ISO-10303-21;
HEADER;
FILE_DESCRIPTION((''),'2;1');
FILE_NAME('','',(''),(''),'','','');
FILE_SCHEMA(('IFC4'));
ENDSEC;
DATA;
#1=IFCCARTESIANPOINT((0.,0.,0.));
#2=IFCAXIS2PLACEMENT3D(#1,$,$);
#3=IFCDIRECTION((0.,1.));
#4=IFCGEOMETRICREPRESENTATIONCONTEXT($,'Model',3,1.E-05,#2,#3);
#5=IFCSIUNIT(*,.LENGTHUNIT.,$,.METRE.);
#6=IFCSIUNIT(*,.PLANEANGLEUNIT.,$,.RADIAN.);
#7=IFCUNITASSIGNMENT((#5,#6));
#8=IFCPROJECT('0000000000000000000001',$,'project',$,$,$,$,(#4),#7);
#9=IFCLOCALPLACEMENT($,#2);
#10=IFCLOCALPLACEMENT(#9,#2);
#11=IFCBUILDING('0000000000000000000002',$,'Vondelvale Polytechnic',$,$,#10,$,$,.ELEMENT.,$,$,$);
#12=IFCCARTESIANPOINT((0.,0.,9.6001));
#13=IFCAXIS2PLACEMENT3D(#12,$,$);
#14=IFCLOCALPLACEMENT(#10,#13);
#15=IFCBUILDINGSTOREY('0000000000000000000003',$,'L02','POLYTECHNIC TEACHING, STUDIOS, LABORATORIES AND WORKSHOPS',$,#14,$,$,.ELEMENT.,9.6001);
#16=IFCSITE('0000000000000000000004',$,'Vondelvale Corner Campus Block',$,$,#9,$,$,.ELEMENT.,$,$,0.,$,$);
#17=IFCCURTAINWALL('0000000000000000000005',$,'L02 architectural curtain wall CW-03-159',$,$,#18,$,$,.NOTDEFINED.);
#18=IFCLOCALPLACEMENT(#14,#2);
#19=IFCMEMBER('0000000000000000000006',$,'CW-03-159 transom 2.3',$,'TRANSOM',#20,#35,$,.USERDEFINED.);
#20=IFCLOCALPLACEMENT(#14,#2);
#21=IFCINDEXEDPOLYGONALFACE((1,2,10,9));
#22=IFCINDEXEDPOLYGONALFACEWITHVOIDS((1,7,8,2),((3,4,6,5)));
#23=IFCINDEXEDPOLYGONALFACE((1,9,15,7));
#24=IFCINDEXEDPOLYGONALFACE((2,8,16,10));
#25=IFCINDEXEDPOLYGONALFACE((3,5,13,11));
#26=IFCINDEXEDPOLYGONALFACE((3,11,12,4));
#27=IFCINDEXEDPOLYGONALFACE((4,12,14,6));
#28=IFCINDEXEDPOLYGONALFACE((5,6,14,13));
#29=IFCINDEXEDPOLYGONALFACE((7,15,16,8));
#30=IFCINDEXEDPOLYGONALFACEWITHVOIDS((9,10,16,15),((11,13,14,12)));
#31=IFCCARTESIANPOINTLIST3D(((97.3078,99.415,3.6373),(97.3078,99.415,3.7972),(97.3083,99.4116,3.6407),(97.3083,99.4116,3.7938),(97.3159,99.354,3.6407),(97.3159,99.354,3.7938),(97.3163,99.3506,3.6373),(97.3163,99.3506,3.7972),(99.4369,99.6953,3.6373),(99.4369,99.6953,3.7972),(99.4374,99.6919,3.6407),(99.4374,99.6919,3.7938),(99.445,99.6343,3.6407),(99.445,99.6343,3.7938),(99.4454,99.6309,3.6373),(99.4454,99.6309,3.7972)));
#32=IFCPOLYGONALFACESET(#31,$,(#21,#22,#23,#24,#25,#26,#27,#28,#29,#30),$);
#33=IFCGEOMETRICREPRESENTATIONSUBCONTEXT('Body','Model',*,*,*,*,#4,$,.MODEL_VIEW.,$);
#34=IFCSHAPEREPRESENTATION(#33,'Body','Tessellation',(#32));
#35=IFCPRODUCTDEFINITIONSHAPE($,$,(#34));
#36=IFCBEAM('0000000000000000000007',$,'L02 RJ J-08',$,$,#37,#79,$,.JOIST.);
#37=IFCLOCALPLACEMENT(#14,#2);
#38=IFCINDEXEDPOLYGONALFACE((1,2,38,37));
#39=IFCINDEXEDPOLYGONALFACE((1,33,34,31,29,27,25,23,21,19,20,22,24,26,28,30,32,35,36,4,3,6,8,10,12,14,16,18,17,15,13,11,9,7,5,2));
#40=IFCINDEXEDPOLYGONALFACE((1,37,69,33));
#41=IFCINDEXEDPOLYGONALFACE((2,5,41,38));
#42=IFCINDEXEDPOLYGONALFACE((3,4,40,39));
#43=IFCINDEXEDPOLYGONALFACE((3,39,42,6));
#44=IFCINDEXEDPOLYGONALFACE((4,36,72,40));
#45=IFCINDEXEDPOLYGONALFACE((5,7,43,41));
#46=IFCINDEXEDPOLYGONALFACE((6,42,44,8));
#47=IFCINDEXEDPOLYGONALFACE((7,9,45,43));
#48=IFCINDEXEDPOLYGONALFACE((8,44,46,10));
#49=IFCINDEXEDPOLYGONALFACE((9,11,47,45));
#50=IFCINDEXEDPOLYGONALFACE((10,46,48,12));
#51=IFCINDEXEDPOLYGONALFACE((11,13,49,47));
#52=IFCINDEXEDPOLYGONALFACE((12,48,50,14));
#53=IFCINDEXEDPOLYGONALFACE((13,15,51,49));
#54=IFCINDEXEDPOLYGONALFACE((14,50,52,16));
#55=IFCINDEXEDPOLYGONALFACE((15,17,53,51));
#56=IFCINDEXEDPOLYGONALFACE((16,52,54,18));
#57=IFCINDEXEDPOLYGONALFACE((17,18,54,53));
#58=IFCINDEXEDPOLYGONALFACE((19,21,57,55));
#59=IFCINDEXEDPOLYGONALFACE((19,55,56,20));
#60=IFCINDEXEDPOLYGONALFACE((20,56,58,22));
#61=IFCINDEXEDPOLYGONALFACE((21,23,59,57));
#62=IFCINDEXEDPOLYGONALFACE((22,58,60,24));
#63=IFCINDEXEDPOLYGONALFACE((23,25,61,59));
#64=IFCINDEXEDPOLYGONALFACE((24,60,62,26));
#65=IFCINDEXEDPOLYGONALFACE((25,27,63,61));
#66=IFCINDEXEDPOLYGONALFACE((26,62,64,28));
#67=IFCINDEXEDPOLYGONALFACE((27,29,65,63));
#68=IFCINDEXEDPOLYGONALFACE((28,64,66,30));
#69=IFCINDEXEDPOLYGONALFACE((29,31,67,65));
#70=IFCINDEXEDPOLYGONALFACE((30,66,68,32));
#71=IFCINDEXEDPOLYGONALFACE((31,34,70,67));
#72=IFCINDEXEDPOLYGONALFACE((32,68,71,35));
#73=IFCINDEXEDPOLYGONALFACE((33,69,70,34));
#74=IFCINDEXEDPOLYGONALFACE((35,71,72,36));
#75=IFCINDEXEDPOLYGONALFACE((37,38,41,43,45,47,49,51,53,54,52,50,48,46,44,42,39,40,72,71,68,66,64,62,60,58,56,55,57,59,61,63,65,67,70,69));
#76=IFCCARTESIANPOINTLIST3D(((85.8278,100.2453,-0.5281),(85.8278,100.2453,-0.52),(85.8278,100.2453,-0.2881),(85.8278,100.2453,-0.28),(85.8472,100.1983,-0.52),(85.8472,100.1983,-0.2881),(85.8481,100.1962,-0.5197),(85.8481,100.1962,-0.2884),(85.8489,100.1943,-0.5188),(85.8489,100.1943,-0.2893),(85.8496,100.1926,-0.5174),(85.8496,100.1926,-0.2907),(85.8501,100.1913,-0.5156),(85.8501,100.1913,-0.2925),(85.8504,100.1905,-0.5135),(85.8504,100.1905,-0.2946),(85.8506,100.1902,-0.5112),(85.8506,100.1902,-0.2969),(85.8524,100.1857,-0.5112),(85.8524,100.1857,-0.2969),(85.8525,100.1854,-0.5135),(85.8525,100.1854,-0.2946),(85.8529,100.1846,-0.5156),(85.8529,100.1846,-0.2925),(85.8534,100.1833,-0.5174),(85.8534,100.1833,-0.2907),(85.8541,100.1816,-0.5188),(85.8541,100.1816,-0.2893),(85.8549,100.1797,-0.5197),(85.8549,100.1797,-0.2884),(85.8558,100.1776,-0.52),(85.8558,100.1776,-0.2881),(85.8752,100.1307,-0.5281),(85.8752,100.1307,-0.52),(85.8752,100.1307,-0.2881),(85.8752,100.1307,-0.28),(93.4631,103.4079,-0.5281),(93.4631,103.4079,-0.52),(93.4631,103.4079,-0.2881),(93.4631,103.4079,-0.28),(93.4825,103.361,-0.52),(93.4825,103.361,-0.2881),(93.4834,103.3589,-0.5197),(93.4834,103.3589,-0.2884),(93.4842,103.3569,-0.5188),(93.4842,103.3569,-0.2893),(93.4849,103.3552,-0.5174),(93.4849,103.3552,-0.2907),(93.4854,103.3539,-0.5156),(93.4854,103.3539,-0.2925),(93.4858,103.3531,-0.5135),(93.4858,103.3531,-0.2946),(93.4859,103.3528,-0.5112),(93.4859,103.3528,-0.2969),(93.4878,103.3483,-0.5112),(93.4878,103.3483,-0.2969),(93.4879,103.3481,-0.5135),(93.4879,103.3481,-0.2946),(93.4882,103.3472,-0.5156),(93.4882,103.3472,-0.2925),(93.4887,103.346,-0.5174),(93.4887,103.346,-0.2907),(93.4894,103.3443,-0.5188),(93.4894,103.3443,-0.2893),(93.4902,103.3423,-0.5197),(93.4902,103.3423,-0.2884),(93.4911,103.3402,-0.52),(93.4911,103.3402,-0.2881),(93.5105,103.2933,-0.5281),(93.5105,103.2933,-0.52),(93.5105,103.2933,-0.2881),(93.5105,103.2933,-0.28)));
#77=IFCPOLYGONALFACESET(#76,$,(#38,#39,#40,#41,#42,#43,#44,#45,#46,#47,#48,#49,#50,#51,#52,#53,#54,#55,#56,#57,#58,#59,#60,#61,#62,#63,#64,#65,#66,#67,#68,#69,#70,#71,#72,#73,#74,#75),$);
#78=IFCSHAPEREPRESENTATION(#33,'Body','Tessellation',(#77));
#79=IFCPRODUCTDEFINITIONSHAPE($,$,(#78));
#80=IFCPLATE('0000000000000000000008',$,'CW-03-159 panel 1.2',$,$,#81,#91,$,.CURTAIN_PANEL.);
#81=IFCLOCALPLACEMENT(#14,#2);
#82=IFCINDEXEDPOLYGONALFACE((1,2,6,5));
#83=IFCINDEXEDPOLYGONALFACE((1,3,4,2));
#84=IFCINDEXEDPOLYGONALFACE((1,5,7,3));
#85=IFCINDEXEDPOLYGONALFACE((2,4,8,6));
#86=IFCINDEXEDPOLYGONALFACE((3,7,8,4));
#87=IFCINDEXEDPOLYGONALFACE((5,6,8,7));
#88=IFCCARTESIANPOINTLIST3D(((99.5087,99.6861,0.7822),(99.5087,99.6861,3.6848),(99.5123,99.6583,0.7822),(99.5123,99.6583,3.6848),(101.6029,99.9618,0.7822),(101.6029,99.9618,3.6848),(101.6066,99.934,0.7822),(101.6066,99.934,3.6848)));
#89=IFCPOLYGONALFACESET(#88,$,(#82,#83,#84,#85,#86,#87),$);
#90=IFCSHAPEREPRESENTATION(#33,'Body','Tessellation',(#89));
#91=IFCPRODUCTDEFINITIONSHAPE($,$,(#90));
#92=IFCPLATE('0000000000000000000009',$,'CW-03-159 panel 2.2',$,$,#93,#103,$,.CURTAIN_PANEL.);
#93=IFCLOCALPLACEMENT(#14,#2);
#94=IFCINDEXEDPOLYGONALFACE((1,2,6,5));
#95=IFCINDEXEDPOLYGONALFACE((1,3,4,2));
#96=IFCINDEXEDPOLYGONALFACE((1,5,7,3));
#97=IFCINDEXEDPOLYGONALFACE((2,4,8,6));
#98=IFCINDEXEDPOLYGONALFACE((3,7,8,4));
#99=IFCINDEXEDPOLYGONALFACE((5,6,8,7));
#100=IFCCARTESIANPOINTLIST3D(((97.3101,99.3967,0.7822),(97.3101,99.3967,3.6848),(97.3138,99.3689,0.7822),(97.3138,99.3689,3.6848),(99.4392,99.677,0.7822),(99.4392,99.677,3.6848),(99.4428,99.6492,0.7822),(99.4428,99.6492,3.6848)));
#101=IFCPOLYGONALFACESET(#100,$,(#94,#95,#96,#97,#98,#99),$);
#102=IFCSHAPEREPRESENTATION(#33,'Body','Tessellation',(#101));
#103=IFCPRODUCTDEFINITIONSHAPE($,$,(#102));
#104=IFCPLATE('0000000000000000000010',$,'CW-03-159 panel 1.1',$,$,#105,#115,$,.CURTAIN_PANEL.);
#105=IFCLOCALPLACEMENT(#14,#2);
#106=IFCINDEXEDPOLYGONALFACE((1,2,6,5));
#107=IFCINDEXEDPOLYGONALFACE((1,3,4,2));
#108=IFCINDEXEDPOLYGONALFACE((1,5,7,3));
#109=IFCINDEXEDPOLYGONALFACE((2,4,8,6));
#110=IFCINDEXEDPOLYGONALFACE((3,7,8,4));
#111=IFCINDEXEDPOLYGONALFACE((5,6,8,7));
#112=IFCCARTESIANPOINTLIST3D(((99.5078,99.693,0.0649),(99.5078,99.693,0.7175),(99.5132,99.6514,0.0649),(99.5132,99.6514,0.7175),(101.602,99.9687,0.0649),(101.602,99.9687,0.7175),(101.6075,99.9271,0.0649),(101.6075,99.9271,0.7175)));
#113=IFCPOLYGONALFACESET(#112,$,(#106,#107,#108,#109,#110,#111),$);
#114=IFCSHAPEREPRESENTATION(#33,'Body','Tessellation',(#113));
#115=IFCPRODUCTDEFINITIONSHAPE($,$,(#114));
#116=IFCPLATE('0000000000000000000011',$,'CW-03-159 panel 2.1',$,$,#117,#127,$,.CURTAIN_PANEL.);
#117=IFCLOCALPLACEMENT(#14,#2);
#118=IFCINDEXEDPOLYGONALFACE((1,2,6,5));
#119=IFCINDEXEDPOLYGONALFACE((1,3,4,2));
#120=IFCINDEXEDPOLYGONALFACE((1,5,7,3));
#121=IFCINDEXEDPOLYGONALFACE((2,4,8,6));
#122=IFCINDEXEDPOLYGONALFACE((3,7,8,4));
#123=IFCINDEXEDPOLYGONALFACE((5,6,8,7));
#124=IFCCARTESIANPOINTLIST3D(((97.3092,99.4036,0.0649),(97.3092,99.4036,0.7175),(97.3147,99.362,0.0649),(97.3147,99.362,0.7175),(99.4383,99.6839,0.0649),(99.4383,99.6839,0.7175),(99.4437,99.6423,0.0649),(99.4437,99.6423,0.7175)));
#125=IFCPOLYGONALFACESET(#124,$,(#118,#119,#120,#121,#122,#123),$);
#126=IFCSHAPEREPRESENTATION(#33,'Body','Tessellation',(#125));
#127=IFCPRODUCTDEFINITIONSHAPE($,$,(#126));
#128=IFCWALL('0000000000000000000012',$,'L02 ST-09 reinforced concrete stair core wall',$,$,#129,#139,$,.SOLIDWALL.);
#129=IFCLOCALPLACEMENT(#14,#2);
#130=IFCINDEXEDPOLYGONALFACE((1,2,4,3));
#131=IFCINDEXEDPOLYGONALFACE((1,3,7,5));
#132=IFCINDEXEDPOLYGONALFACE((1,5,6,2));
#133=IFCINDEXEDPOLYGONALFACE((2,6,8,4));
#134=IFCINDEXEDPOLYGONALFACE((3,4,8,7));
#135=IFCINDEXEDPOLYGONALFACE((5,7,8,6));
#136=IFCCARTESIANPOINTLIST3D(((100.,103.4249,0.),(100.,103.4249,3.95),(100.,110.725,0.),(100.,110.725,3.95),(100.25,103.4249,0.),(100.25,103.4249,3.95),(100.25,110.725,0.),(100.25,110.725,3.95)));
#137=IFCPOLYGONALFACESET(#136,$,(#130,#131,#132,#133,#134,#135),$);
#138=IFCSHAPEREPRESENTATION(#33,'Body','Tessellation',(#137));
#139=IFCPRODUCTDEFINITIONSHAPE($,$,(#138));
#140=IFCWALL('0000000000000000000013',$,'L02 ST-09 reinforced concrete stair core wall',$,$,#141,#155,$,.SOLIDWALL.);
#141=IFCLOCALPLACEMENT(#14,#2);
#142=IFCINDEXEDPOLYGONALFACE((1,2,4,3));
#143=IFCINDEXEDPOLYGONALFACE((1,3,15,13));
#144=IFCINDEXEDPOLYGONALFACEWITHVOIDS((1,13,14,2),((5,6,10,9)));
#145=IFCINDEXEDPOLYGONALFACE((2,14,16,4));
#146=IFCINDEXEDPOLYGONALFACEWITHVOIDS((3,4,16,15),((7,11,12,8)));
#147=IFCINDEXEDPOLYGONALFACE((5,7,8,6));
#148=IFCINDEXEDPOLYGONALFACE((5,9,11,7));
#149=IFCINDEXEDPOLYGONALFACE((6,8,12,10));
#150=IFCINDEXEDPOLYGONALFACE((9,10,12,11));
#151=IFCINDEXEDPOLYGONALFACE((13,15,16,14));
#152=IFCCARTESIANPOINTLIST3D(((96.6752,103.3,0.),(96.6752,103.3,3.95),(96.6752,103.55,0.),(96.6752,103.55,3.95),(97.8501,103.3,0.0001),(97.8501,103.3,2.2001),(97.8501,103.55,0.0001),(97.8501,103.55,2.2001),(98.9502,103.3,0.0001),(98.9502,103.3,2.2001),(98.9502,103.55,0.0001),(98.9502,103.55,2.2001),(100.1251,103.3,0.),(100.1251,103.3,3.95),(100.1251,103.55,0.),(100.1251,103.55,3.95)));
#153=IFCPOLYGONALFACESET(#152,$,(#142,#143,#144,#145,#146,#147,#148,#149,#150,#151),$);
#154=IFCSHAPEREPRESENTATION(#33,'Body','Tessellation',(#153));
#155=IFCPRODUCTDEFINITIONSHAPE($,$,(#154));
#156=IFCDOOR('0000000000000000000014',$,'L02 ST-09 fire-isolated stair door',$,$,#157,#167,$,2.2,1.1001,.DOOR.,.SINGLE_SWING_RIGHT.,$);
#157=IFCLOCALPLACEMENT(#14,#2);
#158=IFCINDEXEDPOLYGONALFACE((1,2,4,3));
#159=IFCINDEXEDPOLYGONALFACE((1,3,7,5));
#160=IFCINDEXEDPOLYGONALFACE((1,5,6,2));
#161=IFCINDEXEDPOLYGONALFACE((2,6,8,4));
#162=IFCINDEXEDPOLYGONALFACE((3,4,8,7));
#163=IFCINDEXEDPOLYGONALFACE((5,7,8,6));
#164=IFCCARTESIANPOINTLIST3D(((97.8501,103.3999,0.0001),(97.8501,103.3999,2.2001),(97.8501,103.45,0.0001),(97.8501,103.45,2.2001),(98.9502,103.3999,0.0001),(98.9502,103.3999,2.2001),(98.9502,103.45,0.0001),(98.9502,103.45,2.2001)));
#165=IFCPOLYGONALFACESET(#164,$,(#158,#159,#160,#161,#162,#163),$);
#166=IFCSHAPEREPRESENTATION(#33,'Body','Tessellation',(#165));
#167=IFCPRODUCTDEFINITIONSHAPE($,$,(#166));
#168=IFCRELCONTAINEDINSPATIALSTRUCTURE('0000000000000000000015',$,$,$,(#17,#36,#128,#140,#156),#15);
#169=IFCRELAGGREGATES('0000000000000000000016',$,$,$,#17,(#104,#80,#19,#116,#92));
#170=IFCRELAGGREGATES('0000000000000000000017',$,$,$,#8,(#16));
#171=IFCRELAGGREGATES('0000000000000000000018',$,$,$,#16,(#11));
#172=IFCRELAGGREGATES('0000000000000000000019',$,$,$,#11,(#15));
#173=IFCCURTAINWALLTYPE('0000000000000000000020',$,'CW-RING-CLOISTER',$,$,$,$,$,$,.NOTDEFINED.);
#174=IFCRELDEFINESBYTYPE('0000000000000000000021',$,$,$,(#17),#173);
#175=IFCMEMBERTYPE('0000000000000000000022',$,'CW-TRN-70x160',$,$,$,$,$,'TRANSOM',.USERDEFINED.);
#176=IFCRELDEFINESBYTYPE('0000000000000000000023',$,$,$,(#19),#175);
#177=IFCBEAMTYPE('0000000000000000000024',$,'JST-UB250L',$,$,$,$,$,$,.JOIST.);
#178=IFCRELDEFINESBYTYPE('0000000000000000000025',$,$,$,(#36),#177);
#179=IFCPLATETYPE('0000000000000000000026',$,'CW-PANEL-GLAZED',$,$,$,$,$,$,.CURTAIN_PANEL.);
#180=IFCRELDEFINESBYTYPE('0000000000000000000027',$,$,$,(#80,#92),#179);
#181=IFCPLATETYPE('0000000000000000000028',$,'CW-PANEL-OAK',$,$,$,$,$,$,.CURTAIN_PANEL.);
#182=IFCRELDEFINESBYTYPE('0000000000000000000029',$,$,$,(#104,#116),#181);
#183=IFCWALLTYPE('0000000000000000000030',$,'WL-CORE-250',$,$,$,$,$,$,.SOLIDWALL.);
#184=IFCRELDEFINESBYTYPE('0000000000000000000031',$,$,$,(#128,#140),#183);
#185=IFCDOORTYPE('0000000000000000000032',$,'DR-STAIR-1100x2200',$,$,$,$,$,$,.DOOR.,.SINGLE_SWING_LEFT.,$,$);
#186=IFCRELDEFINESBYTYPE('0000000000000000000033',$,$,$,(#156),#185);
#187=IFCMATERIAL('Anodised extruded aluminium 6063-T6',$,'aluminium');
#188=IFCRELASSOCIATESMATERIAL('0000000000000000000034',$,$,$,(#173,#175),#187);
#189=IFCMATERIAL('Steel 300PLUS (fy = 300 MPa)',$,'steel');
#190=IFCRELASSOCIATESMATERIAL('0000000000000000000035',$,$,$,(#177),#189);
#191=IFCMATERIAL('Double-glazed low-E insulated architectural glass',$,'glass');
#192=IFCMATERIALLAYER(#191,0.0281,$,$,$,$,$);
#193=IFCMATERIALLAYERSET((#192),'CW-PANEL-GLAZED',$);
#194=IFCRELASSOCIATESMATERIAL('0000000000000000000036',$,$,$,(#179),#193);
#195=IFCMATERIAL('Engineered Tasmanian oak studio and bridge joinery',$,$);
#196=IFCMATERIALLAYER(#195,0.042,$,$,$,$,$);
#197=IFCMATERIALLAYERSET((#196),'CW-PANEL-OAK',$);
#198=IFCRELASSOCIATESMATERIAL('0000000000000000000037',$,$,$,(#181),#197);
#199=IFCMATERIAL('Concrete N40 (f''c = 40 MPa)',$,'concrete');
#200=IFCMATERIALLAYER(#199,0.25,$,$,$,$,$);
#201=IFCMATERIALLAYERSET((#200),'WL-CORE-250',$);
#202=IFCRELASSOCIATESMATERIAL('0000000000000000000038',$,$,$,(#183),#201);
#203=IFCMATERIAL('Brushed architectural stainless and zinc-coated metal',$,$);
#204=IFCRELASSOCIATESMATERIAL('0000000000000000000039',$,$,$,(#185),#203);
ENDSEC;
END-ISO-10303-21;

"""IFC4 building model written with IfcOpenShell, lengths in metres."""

from ifc_helpers import new_model, si_unit, direction, frame, frame_2d, origin, origin_2d, place, context, subcontext, project, spatial, rectangle, hollow_rectangle, i_section, extrude, material, layer, layer_set, material_profile, profile_set, type_object, element, fill, aggregate, save


model = new_model("IFC4")

# Units and contexts
model_context = context("Model", 3, precision=1e-05, world=origin(), true_north=direction((0.0, 1.0)))
body_context = subcontext(model_context, "Body", "Model", "MODEL_VIEW")
ifc_project = project(units=[si_unit("LENGTHUNIT", "METRE"), si_unit("PLANEANGLEUNIT", "RADIAN")], contexts=[model_context])

# Site, building, storey
site_placement = place(None, origin())
site = spatial("IfcSite", under=ifc_project, at=site_placement, Name="Vondelvale Corner Campus Block", CompositionType="ELEMENT", RefElevation=0.0)
building_placement = place(site_placement, origin())
building = spatial("IfcBuilding", under=site, at=building_placement, Name="Vondelvale Polytechnic", CompositionType="ELEMENT")
storey_placement = place(building_placement, frame((0.0, 0.0, 9.6001)))
storey = spatial("IfcBuildingStorey", under=building, at=storey_placement, Name="L02", Description="POLYTECHNIC TEACHING, STUDIOS, LABORATORIES AND WORKSHOPS", CompositionType="ELEMENT", Elevation=9.6001)

# Shared definitions
ifc_material_1 = material(Name="Steel 300PLUS (fy = 300 MPa)", Category="steel")

# Shared definitions
ifc_material_2 = material(Name="Concrete N40 (f'c = 40 MPa)", Category="concrete")

# Curtain wall, member
ifc_material_3 = material(Name="Anodised extruded aluminium 6063-T6", Category="aluminium")
curtain_wall_type = type_object("IfcCurtainWallType", Name="CW-RING-CLOISTER", PredefinedType="NOTDEFINED", material=ifc_material_3)
curtain_wall_placement = place(storey_placement, origin())
curtain_wall = element("IfcCurtainWall", 1, at=curtain_wall_placement, inside=storey, type_object=curtain_wall_type, Name="L02 architectural curtain wall CW-03-159", PredefinedType="NOTDEFINED")
ifc_material_profile_1 = material_profile(ifc_material_3, hollow_rectangle(XDim=0.0649, YDim=0.1599, WallThickness=0.0034, at=origin_2d()), Name="CW-TRN-160x65")
ifc_profile_set_1 = profile_set([ifc_material_profile_1], Name="Anodised extruded aluminium 6063-T6")
member_type_1 = type_object("IfcMemberType", Name="CW-TRN-70x160", ElementType="TRANSOM", PredefinedType="USERDEFINED", material=ifc_profile_set_1)
member_1_placement = place(storey_placement, frame((99.4412, 99.6631, 3.7173), z_axis=(-0.991447, -0.13051, 0.0), x_axis=(0.13051, -0.991447, 0.0)))
member_1 = element("IfcMember", 2, at=member_1_placement, type_object=member_type_1, Name="CW-03-159 transom 2.3", ObjectType="TRANSOM", PredefinedType="USERDEFINED", context=body_context, shape_type="SweptSolid", body=[
    extrude(hollow_rectangle(XDim=0.0649, YDim=0.1599, WallThickness=0.0034, at=origin_2d()), origin(), (0.0, 0.0, 1.0), 2.1475),
])

# Beam
ifc_material_profile_2 = material_profile(ifc_material_1, i_section(OverallWidth=0.124, OverallDepth=0.248, WebThickness=0.0049, FlangeThickness=0.0081, FilletRadius=0.0088, at=origin_2d()), Name="250UB25.7")
ifc_profile_set_2 = profile_set([ifc_material_profile_2], Name="Steel 300PLUS (fy = 300 MPa)")
beam_type_1 = type_object("IfcBeamType", Name="JST-UB250L", PredefinedType="JOIST", material=ifc_profile_set_2)
beam_1_placement = place(storey_placement, frame((93.4868, 103.3506, -0.4041), z_axis=(-0.923881, -0.382681, 0.0), x_axis=(0.382681, -0.923881, 0.0)))
element("IfcBeam", 3, at=beam_1_placement, inside=storey, type_object=beam_type_1, Name="L02 RJ J-08", PredefinedType="JOIST", context=body_context, shape_type="SweptSolid", body=[
    extrude(i_section(OverallWidth=0.124, OverallDepth=0.248, WebThickness=0.0049, FlangeThickness=0.0081, FilletRadius=0.0088, at=origin_2d()), origin(), (0.0, 0.0, 1.0), 8.2644),
])

# Plates
ifc_material_4 = material(Name="Double-glazed low-E insulated architectural glass", Category="glass")
ifc_layer_1 = layer(ifc_material_4, 0.0281)
ifc_layer_set_1 = layer_set([ifc_layer_1], Name="CW-PANEL-GLAZED")
plate_type_1 = type_object("IfcPlateType", Name="CW-PANEL-GLAZED", PredefinedType="CURTAIN_PANEL", material=ifc_layer_set_1)
plate_1_placement = place(storey_placement, frame((100.5576, 99.8101, 0.7822), z_axis=(0.0, 0.0, 1.0), x_axis=(-0.991445, -0.130528, 0.0)))
plate_1 = element("IfcPlate", 4, at=plate_1_placement, type_object=plate_type_1, Name="CW-03-159 panel 1.2", PredefinedType="CURTAIN_PANEL", context=body_context, shape_type="SweptSolid", body=[
    extrude(rectangle(XDim=2.1123, YDim=0.0281, at=origin_2d()), origin(), (0.0, 0.0, 1.0), 2.9026),
])
plate_2_placement = place(storey_placement, frame((98.3765, 99.5229, 0.7822), z_axis=(0.0, 0.0, 1.0), x_axis=(-0.991445, -0.130528, 0.0)))
plate_2 = element("IfcPlate", 5, at=plate_2_placement, type_object=plate_type_1, Name="CW-03-159 panel 2.2", PredefinedType="CURTAIN_PANEL", context=body_context, shape_type="SweptSolid", body=[
    extrude(rectangle(XDim=2.1475, YDim=0.0281, at=origin_2d()), origin(), (0.0, 0.0, 1.0), 2.9026),
])
ifc_material_5 = material(Name="Engineered Tasmanian oak studio and bridge joinery")
ifc_layer_2 = layer(ifc_material_5, 0.042)
ifc_layer_set_2 = layer_set([ifc_layer_2], Name="CW-PANEL-OAK")
plate_type_2 = type_object("IfcPlateType", Name="CW-PANEL-OAK", PredefinedType="CURTAIN_PANEL", material=ifc_layer_set_2)
plate_3_placement = place(storey_placement, frame((100.5576, 99.8101, 0.0649), z_axis=(0.0, 0.0, 1.0), x_axis=(-0.991445, -0.130528, 0.0)))
plate_3 = element("IfcPlate", 6, at=plate_3_placement, type_object=plate_type_2, Name="CW-03-159 panel 1.1", PredefinedType="CURTAIN_PANEL", context=body_context, shape_type="SweptSolid", body=[
    extrude(rectangle(XDim=2.1123, YDim=0.042, at=origin_2d()), origin(), (0.0, 0.0, 1.0), 0.6526),
])
plate_4_placement = place(storey_placement, frame((98.3765, 99.5229, 0.0649), z_axis=(0.0, 0.0, 1.0), x_axis=(-0.991445, -0.130528, 0.0)))
plate_4 = element("IfcPlate", 7, at=plate_4_placement, type_object=plate_type_2, Name="CW-03-159 panel 2.1", PredefinedType="CURTAIN_PANEL", context=body_context, shape_type="SweptSolid", body=[
    extrude(rectangle(XDim=2.1475, YDim=0.042, at=origin_2d()), origin(), (0.0, 0.0, 1.0), 0.6526),
])
aggregate(curtain_wall, [plate_3, plate_1, member_1, plate_4, plate_2])

# Wall
ifc_layer_3 = layer(ifc_material_2, 0.25)
ifc_layer_set_3 = layer_set([ifc_layer_3], Name="WL-CORE-250")
wall_type_1 = type_object("IfcWallType", Name="WL-CORE-250", PredefinedType="SOLIDWALL", material=ifc_layer_set_3)
wall_1_placement = place(storey_placement, frame((100.125, 103.425, 0.0), z_axis=(0.0, 0.0, 1.0), x_axis=(0.0, 1.0, 0.0)))
element("IfcWall", 8, at=wall_1_placement, inside=storey, type_object=wall_type_1, Name="L02 ST-09 reinforced concrete stair core wall", PredefinedType="SOLIDWALL", context=body_context, shape_type="SweptSolid", body=[
    extrude(rectangle(XDim=7.3, YDim=0.25, at=frame_2d((3.6499, 0.0))), origin(), (0.0, 0.0, 1.0), 3.95),
])

# Wall, opening, door
wall_2_placement = place(storey_placement, frame((96.675, 103.425, 0.0), z_axis=(0.0, 0.0, 1.0), x_axis=(1.0, 0.0, 0.0)))
wall_2 = element("IfcWall", 9, at=wall_2_placement, inside=storey, type_object=wall_type_1, Name="L02 ST-09 reinforced concrete stair core wall", PredefinedType="SOLIDWALL", context=body_context, shape_type="SweptSolid", body=[
    extrude(rectangle(XDim=3.45, YDim=0.25, at=frame_2d((1.7251, 0.0))), origin(), (0.0, 0.0, 1.0), 3.95),
])
opening_1_placement = place(wall_2_placement, frame((1.175, 0.0, 0.0)))
opening_1 = element("IfcOpeningElement", 10, at=opening_1_placement, cuts=wall_2, PredefinedType="OPENING", context=body_context, shape_type="SweptSolid", body=[
    extrude(rectangle(XDim=1.1001, YDim=2.2, at=frame_2d((0.55, 1.1001))), frame((0.0, 0.135, 0.0), z_axis=(0.0, -1.0, 0.0), x_axis=(1.0, 0.0, 0.0)), (0.0, 0.0, 1.0), 0.27),
])
ifc_material_6 = material(Name="Brushed architectural stainless and zinc-coated metal")
door_type_1 = type_object("IfcDoorType", Name="DR-STAIR-1100x2200", OperationType="SINGLE_SWING_LEFT", PredefinedType="DOOR", material=ifc_material_6)
door_1_placement = place(opening_1_placement, origin())
door_1 = element("IfcDoor", 11, at=door_1_placement, inside=storey, type_object=door_type_1, Name="L02 ST-09 fire-isolated stair door", OperationType="SINGLE_SWING_RIGHT", OverallHeight=2.2, OverallWidth=1.1001, PredefinedType="DOOR", context=body_context, shape_type="SweptSolid", body=[
    extrude(rectangle(XDim=1.1001, YDim=2.2, at=frame_2d((0.55, 1.1001))), frame((0.0, 0.0249, 0.0), z_axis=(0.0, -1.0, 0.0), x_axis=(1.0, 0.0, 0.0)), (0.0, 0.0, 1.0), 0.05),
])
fill(opening_1, door_1)

save(model, "model.ifc")
